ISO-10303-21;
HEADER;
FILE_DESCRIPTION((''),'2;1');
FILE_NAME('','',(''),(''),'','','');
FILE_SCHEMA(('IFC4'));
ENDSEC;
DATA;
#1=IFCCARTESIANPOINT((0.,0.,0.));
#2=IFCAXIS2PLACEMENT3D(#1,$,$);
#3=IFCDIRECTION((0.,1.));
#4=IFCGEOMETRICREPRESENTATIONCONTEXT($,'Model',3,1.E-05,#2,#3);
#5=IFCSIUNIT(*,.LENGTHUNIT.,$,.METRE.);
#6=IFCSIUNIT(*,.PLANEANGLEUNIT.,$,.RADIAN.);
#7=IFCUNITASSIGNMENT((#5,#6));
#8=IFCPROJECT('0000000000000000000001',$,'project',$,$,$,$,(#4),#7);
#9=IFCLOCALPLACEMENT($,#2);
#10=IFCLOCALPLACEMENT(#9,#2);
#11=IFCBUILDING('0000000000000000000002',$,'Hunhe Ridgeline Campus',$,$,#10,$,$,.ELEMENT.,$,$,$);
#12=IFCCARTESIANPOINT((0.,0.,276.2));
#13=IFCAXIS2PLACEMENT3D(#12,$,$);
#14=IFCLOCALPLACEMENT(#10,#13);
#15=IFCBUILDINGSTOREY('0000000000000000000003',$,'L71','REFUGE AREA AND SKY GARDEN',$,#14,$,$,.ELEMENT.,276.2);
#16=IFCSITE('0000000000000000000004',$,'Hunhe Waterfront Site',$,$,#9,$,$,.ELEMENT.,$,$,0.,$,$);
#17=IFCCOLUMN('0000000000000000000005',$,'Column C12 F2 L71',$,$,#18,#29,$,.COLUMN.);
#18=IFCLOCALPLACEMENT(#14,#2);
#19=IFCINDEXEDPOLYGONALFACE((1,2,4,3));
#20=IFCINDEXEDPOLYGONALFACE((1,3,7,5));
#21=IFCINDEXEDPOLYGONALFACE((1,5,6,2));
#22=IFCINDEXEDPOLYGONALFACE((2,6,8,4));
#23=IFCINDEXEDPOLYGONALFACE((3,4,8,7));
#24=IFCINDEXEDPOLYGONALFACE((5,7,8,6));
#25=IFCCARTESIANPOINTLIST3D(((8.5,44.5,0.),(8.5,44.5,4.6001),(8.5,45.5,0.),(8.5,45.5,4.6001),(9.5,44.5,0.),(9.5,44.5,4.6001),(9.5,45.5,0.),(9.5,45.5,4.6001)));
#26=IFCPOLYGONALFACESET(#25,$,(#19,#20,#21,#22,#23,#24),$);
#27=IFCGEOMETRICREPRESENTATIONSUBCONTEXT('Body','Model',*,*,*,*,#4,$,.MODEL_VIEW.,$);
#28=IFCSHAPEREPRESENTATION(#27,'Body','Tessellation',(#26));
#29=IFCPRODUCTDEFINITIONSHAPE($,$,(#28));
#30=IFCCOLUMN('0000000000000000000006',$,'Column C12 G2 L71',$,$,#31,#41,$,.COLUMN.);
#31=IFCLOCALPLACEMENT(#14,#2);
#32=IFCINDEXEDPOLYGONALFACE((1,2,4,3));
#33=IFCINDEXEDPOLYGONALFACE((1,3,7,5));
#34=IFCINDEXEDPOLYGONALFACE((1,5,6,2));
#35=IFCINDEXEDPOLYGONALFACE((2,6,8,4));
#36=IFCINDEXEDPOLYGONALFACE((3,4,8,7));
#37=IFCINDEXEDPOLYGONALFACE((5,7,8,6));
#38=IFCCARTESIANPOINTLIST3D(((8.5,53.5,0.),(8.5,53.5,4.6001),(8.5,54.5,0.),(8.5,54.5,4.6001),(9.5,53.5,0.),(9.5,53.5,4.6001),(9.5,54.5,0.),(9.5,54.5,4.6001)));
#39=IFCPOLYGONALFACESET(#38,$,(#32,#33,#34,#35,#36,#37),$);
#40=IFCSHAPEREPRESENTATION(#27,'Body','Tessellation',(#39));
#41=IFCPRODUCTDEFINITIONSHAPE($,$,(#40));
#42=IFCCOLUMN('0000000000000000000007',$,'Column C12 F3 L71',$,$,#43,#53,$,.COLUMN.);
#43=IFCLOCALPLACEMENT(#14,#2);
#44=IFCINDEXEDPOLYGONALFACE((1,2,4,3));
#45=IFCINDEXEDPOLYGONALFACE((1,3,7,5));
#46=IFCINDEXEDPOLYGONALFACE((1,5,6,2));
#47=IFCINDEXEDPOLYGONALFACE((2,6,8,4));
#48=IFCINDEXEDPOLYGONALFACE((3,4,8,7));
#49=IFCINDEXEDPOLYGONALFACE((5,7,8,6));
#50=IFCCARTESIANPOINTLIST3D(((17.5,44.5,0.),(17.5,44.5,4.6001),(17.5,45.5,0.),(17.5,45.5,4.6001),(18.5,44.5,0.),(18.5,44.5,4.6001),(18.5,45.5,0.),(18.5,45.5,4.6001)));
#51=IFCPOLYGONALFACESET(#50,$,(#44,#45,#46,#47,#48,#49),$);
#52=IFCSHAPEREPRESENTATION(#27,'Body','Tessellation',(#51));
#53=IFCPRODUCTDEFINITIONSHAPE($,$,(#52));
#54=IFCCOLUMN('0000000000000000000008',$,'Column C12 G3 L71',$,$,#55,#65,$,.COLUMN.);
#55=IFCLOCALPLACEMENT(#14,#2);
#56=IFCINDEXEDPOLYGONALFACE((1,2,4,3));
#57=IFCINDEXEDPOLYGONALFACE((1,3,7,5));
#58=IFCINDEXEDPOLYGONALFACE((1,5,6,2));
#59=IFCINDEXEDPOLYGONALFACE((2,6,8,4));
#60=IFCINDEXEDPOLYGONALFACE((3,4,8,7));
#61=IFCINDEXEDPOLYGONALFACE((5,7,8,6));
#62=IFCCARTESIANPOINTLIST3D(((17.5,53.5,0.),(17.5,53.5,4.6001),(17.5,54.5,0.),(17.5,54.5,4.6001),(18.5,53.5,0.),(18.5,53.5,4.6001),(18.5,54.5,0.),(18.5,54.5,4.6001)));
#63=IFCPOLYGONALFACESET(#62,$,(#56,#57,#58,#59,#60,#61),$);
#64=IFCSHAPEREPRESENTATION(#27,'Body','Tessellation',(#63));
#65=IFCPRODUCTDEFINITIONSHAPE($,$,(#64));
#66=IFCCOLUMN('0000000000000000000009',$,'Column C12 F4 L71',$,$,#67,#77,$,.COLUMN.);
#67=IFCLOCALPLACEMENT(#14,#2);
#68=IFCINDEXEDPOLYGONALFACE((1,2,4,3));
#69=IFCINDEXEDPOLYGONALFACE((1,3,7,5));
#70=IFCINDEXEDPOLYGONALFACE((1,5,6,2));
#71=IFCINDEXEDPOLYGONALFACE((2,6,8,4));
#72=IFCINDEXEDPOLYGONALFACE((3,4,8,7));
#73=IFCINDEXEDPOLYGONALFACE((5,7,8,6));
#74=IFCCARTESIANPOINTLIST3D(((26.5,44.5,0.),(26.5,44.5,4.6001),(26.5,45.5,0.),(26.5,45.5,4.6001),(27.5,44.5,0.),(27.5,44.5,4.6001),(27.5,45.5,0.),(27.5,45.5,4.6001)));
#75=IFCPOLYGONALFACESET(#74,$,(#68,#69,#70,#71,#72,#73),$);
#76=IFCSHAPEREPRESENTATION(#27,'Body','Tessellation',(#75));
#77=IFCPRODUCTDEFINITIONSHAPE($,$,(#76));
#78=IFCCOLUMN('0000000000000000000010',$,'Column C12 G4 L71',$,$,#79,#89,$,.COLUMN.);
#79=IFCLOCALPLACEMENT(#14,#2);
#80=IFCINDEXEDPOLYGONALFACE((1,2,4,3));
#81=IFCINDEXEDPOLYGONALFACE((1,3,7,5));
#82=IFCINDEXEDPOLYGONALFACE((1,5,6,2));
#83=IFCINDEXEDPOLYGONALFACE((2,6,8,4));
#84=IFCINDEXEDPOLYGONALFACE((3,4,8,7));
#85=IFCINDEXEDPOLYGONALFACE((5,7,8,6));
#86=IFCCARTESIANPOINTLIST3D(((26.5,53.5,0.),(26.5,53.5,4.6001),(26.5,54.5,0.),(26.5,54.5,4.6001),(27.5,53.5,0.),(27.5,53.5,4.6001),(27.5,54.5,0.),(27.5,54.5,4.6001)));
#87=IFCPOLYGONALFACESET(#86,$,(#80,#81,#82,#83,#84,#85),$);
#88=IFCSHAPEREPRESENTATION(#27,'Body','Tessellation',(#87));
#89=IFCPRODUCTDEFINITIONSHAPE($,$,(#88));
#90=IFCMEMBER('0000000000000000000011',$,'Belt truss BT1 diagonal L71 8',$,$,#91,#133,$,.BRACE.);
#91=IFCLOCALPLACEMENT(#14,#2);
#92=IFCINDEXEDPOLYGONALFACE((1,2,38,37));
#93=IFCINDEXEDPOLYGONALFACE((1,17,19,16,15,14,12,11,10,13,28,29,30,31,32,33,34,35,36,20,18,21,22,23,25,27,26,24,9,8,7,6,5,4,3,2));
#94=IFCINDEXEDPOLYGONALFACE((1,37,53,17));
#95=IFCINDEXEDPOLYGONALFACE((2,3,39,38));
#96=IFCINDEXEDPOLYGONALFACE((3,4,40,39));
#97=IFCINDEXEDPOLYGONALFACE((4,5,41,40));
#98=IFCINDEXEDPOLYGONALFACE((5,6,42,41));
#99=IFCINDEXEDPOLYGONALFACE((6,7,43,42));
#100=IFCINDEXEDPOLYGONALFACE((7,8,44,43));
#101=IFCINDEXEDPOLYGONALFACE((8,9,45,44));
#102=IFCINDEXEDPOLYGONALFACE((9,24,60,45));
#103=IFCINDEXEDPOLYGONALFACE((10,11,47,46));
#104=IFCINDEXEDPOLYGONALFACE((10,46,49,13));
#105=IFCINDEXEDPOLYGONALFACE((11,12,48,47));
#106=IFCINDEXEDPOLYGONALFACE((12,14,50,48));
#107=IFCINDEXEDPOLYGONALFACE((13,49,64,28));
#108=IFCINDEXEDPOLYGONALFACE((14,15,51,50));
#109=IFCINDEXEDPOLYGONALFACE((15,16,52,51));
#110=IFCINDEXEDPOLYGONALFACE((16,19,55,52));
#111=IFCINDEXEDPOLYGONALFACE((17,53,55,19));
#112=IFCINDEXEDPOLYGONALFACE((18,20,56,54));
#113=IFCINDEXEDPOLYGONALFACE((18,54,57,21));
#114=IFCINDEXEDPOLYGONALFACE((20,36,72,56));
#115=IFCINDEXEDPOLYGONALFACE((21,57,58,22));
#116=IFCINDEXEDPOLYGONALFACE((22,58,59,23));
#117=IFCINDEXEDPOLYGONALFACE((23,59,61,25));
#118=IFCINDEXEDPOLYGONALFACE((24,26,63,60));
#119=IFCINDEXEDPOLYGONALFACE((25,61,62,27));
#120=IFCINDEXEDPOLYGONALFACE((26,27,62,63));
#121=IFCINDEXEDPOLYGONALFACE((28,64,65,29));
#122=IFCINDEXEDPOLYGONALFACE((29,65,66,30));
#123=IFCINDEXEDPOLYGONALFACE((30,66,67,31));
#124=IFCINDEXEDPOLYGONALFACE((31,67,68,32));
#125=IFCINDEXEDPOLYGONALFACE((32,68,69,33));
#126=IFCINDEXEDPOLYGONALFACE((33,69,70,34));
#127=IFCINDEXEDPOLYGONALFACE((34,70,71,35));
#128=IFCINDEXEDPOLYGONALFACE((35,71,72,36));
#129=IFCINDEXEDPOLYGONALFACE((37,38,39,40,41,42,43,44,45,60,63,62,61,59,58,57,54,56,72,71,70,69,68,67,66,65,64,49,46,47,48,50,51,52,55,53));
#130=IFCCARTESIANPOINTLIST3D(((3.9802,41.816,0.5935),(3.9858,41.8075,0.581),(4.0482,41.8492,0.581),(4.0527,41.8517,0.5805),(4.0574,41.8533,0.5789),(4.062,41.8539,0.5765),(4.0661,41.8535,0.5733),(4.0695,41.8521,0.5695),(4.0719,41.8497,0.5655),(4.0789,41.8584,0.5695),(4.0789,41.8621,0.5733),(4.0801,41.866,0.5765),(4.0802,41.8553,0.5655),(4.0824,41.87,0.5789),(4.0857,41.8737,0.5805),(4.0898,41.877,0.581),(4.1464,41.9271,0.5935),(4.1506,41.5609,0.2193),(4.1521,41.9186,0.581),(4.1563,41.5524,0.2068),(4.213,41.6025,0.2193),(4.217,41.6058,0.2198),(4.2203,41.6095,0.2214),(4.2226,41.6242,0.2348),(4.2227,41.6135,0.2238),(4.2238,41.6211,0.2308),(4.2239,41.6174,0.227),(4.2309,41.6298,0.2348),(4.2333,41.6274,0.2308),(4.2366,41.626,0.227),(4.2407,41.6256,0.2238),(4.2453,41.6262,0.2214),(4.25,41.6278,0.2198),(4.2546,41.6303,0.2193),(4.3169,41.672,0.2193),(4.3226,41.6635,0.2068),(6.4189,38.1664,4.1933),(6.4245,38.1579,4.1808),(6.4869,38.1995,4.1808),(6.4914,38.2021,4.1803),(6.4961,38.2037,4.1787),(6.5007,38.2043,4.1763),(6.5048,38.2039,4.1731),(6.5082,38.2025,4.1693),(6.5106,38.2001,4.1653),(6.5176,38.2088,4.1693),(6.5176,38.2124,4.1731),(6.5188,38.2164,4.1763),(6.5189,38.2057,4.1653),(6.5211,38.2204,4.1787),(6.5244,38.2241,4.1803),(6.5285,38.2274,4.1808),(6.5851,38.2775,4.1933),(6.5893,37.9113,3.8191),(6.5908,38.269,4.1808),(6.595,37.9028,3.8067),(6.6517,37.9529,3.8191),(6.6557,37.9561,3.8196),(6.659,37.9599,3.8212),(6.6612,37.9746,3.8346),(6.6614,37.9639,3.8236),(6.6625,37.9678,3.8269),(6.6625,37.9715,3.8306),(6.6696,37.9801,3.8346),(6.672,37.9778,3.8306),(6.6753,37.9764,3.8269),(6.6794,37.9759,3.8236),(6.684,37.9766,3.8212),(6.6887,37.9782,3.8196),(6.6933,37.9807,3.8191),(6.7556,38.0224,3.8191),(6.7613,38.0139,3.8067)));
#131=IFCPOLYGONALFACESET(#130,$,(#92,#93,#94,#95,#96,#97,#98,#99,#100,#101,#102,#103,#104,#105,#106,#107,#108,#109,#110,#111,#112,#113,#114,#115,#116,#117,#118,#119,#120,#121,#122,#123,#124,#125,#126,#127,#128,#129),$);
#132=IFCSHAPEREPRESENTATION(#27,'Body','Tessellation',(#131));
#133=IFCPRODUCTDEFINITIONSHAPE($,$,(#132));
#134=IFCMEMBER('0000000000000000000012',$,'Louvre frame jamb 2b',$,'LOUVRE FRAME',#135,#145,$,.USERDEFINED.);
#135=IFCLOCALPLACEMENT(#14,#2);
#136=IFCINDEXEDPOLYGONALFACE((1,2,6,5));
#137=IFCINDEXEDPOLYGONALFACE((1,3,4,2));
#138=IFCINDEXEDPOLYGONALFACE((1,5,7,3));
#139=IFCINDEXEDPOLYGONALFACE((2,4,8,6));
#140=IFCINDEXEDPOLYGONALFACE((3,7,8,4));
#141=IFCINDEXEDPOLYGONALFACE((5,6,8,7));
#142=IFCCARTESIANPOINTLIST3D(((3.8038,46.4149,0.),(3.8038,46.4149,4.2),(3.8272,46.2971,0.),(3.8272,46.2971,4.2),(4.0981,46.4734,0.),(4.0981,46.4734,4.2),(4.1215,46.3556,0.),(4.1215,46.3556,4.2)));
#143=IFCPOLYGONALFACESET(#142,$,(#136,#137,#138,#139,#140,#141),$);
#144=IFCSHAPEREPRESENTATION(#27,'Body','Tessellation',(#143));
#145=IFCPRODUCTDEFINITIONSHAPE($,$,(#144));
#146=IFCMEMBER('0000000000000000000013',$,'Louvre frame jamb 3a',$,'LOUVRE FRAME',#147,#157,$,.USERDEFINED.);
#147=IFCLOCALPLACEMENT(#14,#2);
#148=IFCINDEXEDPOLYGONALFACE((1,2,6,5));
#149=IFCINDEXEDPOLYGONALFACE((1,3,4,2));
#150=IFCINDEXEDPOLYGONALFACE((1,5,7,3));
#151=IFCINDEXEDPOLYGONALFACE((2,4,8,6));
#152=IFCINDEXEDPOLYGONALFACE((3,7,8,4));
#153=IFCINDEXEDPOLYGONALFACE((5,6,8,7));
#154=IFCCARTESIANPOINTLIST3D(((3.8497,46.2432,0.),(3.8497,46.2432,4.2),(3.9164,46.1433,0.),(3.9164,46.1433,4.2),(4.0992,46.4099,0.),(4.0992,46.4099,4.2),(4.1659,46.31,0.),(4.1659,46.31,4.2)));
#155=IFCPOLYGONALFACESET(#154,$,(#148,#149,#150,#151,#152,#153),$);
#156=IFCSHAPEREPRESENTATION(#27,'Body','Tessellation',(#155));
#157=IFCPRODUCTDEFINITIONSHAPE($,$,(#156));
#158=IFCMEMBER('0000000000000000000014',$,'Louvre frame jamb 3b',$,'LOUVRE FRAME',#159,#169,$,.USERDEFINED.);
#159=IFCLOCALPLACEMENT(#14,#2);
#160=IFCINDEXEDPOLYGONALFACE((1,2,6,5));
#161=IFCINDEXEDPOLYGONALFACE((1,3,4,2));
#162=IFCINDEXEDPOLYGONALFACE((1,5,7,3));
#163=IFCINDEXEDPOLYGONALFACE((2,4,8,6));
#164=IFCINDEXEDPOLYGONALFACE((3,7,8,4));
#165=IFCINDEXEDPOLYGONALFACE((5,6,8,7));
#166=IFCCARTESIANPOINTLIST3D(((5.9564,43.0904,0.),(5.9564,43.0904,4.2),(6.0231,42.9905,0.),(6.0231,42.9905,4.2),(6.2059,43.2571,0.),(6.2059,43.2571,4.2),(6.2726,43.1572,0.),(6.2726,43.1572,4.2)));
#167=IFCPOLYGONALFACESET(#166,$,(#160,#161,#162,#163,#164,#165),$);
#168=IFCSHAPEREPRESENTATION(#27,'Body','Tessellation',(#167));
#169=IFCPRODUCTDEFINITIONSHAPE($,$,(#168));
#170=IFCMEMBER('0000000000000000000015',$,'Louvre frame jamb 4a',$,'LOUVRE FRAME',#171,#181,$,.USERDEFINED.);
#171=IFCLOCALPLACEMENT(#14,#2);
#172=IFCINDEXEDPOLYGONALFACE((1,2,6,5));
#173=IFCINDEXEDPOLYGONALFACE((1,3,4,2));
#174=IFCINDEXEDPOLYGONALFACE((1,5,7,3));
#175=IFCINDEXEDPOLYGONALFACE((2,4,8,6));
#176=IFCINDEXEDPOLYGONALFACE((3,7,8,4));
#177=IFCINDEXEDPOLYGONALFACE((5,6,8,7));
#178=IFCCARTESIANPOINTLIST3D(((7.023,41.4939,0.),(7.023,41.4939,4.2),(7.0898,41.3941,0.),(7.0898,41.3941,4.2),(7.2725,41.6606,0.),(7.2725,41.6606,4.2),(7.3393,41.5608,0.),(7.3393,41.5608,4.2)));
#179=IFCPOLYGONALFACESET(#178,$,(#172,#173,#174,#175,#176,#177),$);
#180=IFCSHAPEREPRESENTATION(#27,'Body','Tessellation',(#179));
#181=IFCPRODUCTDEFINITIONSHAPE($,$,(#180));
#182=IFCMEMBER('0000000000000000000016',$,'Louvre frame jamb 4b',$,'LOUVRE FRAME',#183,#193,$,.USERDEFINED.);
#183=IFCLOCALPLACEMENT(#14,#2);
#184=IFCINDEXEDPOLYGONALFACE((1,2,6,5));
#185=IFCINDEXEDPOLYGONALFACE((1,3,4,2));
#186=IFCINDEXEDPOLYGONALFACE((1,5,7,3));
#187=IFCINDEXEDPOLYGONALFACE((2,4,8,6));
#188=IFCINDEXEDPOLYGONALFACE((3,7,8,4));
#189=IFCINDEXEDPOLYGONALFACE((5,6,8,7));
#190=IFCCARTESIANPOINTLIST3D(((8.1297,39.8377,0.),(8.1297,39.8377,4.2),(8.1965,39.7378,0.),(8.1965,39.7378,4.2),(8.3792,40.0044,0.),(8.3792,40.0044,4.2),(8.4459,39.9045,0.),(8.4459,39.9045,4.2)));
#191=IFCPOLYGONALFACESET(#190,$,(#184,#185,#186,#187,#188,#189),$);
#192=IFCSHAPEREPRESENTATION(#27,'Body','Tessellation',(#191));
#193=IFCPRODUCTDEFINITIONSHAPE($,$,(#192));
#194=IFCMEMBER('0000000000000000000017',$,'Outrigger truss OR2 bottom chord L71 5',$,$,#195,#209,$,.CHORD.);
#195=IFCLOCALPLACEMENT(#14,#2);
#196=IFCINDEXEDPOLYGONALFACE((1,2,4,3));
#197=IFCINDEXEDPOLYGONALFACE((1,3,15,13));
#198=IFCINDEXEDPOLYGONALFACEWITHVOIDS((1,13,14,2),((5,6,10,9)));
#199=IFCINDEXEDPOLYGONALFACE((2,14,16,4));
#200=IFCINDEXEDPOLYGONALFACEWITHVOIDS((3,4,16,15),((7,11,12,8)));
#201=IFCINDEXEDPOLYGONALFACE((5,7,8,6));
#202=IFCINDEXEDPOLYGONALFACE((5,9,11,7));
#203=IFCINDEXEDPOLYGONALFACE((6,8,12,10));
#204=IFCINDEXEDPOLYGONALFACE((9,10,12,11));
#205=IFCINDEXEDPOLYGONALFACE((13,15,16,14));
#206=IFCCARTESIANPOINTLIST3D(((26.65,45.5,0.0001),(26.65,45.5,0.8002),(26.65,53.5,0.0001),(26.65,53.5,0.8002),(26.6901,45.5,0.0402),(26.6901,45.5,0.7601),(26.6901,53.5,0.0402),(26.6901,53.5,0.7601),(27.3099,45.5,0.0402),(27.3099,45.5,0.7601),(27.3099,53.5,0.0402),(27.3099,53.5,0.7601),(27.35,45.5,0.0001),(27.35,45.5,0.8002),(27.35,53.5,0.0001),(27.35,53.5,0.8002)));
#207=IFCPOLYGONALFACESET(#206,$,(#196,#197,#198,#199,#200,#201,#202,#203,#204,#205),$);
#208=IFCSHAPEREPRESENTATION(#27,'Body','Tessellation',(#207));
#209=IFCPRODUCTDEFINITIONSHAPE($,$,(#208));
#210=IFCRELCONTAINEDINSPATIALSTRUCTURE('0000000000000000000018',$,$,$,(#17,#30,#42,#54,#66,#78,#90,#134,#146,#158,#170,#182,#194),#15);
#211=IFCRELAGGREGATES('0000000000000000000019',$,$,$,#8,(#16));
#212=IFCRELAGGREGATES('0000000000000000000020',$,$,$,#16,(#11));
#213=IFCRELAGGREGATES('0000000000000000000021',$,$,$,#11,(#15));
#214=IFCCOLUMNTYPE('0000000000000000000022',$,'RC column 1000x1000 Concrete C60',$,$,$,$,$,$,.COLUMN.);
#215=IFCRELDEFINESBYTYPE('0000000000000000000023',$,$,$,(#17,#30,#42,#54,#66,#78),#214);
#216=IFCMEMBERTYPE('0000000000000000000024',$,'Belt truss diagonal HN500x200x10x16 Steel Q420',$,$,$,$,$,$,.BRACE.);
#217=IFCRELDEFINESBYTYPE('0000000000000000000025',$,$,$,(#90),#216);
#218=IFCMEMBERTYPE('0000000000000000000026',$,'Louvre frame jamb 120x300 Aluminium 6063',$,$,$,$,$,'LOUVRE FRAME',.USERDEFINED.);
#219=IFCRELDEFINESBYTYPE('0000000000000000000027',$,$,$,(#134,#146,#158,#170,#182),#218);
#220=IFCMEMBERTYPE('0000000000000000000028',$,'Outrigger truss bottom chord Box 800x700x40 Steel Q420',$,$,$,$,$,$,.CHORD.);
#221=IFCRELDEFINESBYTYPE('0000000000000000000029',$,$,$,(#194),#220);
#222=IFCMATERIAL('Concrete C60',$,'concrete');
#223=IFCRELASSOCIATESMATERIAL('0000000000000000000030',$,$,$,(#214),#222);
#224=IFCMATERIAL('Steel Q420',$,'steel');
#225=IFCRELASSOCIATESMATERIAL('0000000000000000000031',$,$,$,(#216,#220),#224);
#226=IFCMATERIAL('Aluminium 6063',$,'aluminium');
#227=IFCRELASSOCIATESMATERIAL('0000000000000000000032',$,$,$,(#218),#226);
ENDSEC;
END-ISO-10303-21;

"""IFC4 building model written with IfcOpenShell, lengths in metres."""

from ifc_helpers import new_model, si_unit, direction, frame, origin, origin_2d, place, context, subcontext, project, spatial, rectangle, hollow_rectangle, i_section, extrude, material, material_profile, profile_set, type_object, element, save


model = new_model("IFC4")

# Units and contexts
model_context = context("Model", 3, precision=1e-05, world=origin(), true_north=direction((0.0, 1.0)))
body_context = subcontext(model_context, "Body", "Model", "MODEL_VIEW")
ifc_project = project(units=[si_unit("LENGTHUNIT", "METRE"), si_unit("PLANEANGLEUNIT", "RADIAN")], contexts=[model_context])

# Site, building, storey
site_placement = place(None, origin())
site = spatial("IfcSite", under=ifc_project, at=site_placement, Name="Hunhe Waterfront Site", CompositionType="ELEMENT", RefElevation=0.0)
building_placement = place(site_placement, origin())
building = spatial("IfcBuilding", under=site, at=building_placement, Name="Hunhe Ridgeline Campus", CompositionType="ELEMENT")
storey_placement = place(building_placement, frame((0.0, 0.0, 276.2)))
storey = spatial("IfcBuildingStorey", under=building, at=storey_placement, Name="L71", Description="REFUGE AREA AND SKY GARDEN", CompositionType="ELEMENT", Elevation=276.2)

# Columns
ifc_material_1 = material(Name="Concrete C60", Category="concrete")
ifc_material_profile_1 = material_profile(ifc_material_1, rectangle(XDim=1.0, YDim=1.0, at=origin_2d()))
ifc_profile_set_1 = profile_set([ifc_material_profile_1], Name="Concrete C60")
column_type = type_object("IfcColumnType", Name="RC column 1000x1000 Concrete C60", PredefinedType="COLUMN", material=ifc_profile_set_1)
for number, where, z_axis, x_axis, name in (
    (1, (9.0, 45.0, 0.0), (0.0, 0.0, 1.0), (1.0, 0.0, 0.0), "Column C12 F2 L71"),
    (2, (9.0, 54.0, 0.0), (0.0, 0.0, 1.0), (1.0, 0.0, 0.0), "Column C12 G2 L71"),
    (3, (18.0, 45.0, 0.0), (0.0, 0.0, 1.0), (1.0, 0.0, 0.0), "Column C12 F3 L71"),
    (4, (18.0, 54.0, 0.0), (0.0, 0.0, 1.0), (1.0, 0.0, 0.0), "Column C12 G3 L71"),
    (5, (27.0, 45.0, 0.0), (0.0, 0.0, 1.0), (1.0, 0.0, 0.0), "Column C12 F4 L71"),
    (6, (27.0, 54.0, 0.0), (0.0, 0.0, 1.0), (1.0, 0.0, 0.0), "Column C12 G4 L71"),
):
    element("IfcColumn", number, at=place(storey_placement, frame(where, z_axis=z_axis, x_axis=x_axis)), inside=storey, type_object=column_type, Name=name, PredefinedType="COLUMN", context=body_context, shape_type="SweptSolid", body=[
        extrude(rectangle(XDim=1.0, YDim=1.0, at=origin_2d()), origin(), (0.0, 0.0, 1.0), 4.6001),
    ])

# Members
ifc_material_2 = material(Name="Steel Q420", Category="steel")
ifc_material_profile_2 = material_profile(ifc_material_2, i_section(OverallWidth=0.2, OverallDepth=0.5, WebThickness=0.01, FlangeThickness=0.0161, FilletRadius=0.02, at=origin_2d()))
ifc_profile_set_2 = profile_set([ifc_material_profile_2], Name="Steel Q420")
member_type_1 = type_object("IfcMemberType", Name="Belt truss diagonal HN500x200x10x16 Steel Q420", PredefinedType="BRACE", material=ifc_profile_set_2)
member_1_placement = place(storey_placement, frame((4.1514, 41.7397, 0.4001), z_axis=(0.429593, -0.642905, 0.634132), x_axis=(0.831459, 0.555586, 0.0)))
element("IfcMember", 7, at=member_1_placement, inside=storey, type_object=member_type_1, Name="Belt truss BT1 diagonal L71 8", PredefinedType="BRACE", context=body_context, shape_type="SweptSolid", body=[
    extrude(i_section(OverallWidth=0.2, OverallDepth=0.5, WebThickness=0.01, FlangeThickness=0.0161, FilletRadius=0.02, at=origin_2d()), origin(), (0.0, 0.0, 1.0), 5.6768),
])
ifc_material_3 = material(Name="Aluminium 6063", Category="aluminium")
ifc_material_profile_3 = material_profile(ifc_material_3, rectangle(XDim=0.3, YDim=0.1201, at=origin_2d()))
ifc_profile_set_3 = profile_set([ifc_material_profile_3], Name="Aluminium 6063")
member_type_2 = type_object("IfcMemberType", Name="Louvre frame jamb 120x300 Aluminium 6063", ElementType="LOUVRE FRAME", PredefinedType="USERDEFINED", material=ifc_profile_set_3)
for number, where, z_axis, x_axis, name in (
    (8, (3.9626, 46.3853, 0.0), (0.0, 0.0, 1.0), (0.980784, 0.195095, 0.0), "Louvre frame jamb 2b"),
    (9, (4.0078, 46.2766, 0.0), (0.0, 0.0, 1.0), (0.83147, 0.55557, 0.0), "Louvre frame jamb 3a"),
    (10, (6.1145, 43.1238, 0.0), (0.0, 0.0, 1.0), (0.83147, 0.55557, 0.0), "Louvre frame jamb 3b"),
    (11, (7.1812, 41.5273, 0.0), (0.0, 0.0, 1.0), (0.83147, 0.55557, 0.0), "Louvre frame jamb 4a"),
    (12, (8.2878, 39.8711, 0.0), (0.0, 0.0, 1.0), (0.83147, 0.55557, 0.0), "Louvre frame jamb 4b"),
):
    element("IfcMember", number, at=place(storey_placement, frame(where, z_axis=z_axis, x_axis=x_axis)), inside=storey, type_object=member_type_2, Name=name, ObjectType="LOUVRE FRAME", PredefinedType="USERDEFINED", context=body_context, shape_type="SweptSolid", body=[
        extrude(rectangle(XDim=0.3, YDim=0.1201, at=origin_2d()), origin(), (0.0, 0.0, 1.0), 4.2),
    ])
ifc_material_profile_4 = material_profile(ifc_material_2, hollow_rectangle(XDim=0.7, YDim=0.8, WallThickness=0.04, at=origin_2d()))
ifc_profile_set_4 = profile_set([ifc_material_profile_4], Name="Steel Q420")
member_type_3 = type_object("IfcMemberType", Name="Outrigger truss bottom chord Box 800x700x40 Steel Q420", PredefinedType="CHORD", material=ifc_profile_set_4)
member_2_placement = place(storey_placement, frame((27.0, 53.5, 0.4001), z_axis=(0.0, -1.0, 0.0), x_axis=(1.0, 0.0, 0.0)))
element("IfcMember", 13, at=member_2_placement, inside=storey, type_object=member_type_3, Name="Outrigger truss OR2 bottom chord L71 5", PredefinedType="CHORD", context=body_context, shape_type="SweptSolid", body=[
    extrude(hollow_rectangle(XDim=0.7, YDim=0.8, WallThickness=0.04, at=origin_2d()), origin(), (0.0, 0.0, 1.0), 8.0),
])

save(model, "model.ifc")
